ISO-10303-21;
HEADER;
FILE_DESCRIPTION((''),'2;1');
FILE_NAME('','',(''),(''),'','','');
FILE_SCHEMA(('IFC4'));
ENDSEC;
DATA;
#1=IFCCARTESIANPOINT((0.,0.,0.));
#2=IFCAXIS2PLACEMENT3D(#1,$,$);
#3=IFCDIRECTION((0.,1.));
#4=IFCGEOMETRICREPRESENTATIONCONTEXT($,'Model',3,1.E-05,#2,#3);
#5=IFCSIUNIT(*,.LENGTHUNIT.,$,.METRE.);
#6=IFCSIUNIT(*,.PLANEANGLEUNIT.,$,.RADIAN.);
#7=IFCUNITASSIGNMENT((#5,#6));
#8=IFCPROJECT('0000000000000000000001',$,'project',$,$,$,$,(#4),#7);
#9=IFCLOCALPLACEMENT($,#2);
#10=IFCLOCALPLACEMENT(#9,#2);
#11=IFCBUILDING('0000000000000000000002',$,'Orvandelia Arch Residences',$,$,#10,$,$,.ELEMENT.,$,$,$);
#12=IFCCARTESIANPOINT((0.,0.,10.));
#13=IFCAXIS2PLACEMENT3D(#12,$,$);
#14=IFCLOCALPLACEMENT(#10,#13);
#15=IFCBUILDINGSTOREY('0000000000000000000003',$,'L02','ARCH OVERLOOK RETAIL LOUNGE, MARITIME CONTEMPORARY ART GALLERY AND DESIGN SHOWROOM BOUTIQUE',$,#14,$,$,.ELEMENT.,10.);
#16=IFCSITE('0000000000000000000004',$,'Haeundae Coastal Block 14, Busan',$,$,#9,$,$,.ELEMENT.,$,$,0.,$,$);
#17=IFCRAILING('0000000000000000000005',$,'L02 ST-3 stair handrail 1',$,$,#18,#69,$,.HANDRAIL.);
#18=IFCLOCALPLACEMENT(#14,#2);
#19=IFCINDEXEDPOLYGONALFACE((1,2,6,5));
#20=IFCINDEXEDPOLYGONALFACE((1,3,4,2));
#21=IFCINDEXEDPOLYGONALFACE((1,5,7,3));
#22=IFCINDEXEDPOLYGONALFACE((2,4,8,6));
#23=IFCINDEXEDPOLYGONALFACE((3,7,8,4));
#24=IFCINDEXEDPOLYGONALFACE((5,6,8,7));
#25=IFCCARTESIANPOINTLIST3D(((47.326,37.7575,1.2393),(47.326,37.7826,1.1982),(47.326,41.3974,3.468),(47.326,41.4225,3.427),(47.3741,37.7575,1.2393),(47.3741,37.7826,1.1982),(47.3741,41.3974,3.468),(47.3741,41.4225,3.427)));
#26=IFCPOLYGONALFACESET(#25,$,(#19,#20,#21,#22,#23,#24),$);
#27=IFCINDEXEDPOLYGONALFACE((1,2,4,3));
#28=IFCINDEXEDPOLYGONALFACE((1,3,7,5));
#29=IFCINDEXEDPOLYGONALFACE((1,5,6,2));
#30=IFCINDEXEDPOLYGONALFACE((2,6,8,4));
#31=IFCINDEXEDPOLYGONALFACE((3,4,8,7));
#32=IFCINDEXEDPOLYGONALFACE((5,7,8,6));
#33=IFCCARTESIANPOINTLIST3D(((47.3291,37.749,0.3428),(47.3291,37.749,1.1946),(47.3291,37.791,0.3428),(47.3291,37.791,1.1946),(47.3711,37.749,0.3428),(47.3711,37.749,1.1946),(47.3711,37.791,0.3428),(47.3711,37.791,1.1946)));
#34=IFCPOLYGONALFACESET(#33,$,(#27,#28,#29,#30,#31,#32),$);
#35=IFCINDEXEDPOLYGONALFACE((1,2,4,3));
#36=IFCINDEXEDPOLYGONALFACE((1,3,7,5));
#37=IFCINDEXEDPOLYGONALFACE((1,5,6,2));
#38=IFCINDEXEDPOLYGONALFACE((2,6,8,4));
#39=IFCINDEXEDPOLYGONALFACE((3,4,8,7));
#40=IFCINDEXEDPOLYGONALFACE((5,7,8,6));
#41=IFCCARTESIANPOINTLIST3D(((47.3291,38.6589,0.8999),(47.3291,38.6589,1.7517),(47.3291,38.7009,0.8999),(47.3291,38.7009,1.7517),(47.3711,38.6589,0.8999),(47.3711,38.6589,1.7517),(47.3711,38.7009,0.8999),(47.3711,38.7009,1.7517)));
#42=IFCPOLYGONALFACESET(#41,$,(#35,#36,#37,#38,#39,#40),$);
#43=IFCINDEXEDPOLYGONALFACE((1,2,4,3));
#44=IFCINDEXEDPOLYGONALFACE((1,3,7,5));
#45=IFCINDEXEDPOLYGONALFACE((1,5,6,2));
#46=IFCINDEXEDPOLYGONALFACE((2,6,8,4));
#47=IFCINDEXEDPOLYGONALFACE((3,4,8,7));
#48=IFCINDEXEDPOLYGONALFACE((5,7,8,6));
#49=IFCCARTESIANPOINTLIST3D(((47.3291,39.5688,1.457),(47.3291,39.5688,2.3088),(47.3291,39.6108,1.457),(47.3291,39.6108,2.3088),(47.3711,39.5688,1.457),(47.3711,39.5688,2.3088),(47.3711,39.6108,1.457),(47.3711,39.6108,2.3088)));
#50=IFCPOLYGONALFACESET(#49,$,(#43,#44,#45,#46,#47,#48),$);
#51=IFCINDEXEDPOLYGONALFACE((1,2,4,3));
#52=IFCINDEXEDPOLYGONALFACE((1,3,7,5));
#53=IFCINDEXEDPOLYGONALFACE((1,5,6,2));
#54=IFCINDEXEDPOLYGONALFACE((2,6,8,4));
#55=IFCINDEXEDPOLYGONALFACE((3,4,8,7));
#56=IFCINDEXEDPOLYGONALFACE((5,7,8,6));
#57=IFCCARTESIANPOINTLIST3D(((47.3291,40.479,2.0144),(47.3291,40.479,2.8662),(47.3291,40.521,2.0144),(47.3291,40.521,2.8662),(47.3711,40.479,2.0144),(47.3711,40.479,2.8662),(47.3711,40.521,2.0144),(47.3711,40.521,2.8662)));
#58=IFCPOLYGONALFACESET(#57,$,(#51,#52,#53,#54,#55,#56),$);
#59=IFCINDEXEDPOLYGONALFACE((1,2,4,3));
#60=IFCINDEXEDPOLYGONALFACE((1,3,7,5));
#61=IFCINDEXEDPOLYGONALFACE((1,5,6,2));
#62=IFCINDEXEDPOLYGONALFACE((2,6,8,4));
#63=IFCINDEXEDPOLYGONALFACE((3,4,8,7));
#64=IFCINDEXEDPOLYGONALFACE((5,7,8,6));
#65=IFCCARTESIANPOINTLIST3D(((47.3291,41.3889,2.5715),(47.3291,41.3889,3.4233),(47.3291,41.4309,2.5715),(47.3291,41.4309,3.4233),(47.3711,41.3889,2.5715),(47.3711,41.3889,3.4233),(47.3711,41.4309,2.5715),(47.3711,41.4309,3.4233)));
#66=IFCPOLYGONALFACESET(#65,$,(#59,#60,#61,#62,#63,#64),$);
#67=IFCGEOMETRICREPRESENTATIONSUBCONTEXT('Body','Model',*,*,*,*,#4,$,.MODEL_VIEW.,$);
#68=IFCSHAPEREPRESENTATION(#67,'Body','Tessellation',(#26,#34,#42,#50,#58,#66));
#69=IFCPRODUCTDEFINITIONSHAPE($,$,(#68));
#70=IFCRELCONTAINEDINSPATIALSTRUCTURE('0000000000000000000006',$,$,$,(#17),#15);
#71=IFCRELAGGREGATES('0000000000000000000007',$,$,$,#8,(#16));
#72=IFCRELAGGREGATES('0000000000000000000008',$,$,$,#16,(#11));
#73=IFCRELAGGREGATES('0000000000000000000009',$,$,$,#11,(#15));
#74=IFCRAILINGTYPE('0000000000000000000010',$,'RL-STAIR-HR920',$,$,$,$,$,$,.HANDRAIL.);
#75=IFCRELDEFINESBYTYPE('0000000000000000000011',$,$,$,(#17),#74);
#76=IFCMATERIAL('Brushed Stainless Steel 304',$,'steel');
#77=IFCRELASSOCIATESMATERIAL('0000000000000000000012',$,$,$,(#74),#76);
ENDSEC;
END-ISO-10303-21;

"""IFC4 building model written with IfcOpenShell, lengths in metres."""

from ifc_helpers import new_model, si_unit, direction, frame, origin, origin_2d, place, context, subcontext, project, spatial, rectangle, extrude, material, type_object, element, save


model = new_model("IFC4")

# Units and contexts
model_context = context("Model", 3, precision=1e-05, world=origin(), true_north=direction((0.0, 1.0)))
body_context = subcontext(model_context, "Body", "Model", "MODEL_VIEW")
ifc_project = project(units=[si_unit("LENGTHUNIT", "METRE"), si_unit("PLANEANGLEUNIT", "RADIAN")], contexts=[model_context])

# Site, building, storey
site_placement = place(None, origin())
site = spatial("IfcSite", under=ifc_project, at=site_placement, Name="Haeundae Coastal Block 14, Busan", CompositionType="ELEMENT", RefElevation=0.0)
building_placement = place(site_placement, origin())
building = spatial("IfcBuilding", under=site, at=building_placement, Name="Orvandelia Arch Residences", CompositionType="ELEMENT")
storey_placement = place(building_placement, frame((0.0, 0.0, 10.0)))
storey = spatial("IfcBuildingStorey", under=building, at=storey_placement, Name="L02", Description="ARCH OVERLOOK RETAIL LOUNGE, MARITIME CONTEMPORARY ART GALLERY AND DESIGN SHOWROOM BOUTIQUE", CompositionType="ELEMENT", Elevation=10.0)

# Railing
ifc_material_1 = material(Name="Brushed Stainless Steel 304", Category="steel")
railing_type_1 = type_object("IfcRailingType", Name="RL-STAIR-HR920", PredefinedType="HANDRAIL", material=ifc_material_1)
railing_1_placement = place(storey_placement, frame((47.3501, 37.77, 0.3428)))
element("IfcRailing", 1, at=railing_1_placement, inside=storey, type_object=railing_type_1, Name="L02 ST-3 stair handrail 1", PredefinedType="HANDRAIL", context=body_context, shape_type="SweptSolid", body=[
    extrude(rectangle(XDim=0.0481, YDim=0.0481, at=origin_2d()), frame((0.0, 0.0, 0.876), z_axis=(0.0, 0.852825, 0.522197), x_axis=(-1.0, 0.0, 0.0)), (0.0, 0.0, 1.0), 4.2681),
    extrude(rectangle(XDim=0.042, YDim=0.042, at=origin_2d()), origin(), (0.0, 0.0, 1.0), 0.8518),
    extrude(rectangle(XDim=0.042, YDim=0.042, at=origin_2d()), frame((0.0, 0.9099, 0.5571)), (0.0, 0.0, 1.0), 0.8518),
    extrude(rectangle(XDim=0.042, YDim=0.042, at=origin_2d()), frame((0.0, 1.8198, 1.1143)), (0.0, 0.0, 1.0), 0.8518),
    extrude(rectangle(XDim=0.042, YDim=0.042, at=origin_2d()), frame((0.0, 2.73, 1.6716)), (0.0, 0.0, 1.0), 0.8518),
    extrude(rectangle(XDim=0.042, YDim=0.042, at=origin_2d()), frame((0.0, 3.6399, 2.2288)), (0.0, 0.0, 1.0), 0.8518),
])

save(model, "model.ifc")
